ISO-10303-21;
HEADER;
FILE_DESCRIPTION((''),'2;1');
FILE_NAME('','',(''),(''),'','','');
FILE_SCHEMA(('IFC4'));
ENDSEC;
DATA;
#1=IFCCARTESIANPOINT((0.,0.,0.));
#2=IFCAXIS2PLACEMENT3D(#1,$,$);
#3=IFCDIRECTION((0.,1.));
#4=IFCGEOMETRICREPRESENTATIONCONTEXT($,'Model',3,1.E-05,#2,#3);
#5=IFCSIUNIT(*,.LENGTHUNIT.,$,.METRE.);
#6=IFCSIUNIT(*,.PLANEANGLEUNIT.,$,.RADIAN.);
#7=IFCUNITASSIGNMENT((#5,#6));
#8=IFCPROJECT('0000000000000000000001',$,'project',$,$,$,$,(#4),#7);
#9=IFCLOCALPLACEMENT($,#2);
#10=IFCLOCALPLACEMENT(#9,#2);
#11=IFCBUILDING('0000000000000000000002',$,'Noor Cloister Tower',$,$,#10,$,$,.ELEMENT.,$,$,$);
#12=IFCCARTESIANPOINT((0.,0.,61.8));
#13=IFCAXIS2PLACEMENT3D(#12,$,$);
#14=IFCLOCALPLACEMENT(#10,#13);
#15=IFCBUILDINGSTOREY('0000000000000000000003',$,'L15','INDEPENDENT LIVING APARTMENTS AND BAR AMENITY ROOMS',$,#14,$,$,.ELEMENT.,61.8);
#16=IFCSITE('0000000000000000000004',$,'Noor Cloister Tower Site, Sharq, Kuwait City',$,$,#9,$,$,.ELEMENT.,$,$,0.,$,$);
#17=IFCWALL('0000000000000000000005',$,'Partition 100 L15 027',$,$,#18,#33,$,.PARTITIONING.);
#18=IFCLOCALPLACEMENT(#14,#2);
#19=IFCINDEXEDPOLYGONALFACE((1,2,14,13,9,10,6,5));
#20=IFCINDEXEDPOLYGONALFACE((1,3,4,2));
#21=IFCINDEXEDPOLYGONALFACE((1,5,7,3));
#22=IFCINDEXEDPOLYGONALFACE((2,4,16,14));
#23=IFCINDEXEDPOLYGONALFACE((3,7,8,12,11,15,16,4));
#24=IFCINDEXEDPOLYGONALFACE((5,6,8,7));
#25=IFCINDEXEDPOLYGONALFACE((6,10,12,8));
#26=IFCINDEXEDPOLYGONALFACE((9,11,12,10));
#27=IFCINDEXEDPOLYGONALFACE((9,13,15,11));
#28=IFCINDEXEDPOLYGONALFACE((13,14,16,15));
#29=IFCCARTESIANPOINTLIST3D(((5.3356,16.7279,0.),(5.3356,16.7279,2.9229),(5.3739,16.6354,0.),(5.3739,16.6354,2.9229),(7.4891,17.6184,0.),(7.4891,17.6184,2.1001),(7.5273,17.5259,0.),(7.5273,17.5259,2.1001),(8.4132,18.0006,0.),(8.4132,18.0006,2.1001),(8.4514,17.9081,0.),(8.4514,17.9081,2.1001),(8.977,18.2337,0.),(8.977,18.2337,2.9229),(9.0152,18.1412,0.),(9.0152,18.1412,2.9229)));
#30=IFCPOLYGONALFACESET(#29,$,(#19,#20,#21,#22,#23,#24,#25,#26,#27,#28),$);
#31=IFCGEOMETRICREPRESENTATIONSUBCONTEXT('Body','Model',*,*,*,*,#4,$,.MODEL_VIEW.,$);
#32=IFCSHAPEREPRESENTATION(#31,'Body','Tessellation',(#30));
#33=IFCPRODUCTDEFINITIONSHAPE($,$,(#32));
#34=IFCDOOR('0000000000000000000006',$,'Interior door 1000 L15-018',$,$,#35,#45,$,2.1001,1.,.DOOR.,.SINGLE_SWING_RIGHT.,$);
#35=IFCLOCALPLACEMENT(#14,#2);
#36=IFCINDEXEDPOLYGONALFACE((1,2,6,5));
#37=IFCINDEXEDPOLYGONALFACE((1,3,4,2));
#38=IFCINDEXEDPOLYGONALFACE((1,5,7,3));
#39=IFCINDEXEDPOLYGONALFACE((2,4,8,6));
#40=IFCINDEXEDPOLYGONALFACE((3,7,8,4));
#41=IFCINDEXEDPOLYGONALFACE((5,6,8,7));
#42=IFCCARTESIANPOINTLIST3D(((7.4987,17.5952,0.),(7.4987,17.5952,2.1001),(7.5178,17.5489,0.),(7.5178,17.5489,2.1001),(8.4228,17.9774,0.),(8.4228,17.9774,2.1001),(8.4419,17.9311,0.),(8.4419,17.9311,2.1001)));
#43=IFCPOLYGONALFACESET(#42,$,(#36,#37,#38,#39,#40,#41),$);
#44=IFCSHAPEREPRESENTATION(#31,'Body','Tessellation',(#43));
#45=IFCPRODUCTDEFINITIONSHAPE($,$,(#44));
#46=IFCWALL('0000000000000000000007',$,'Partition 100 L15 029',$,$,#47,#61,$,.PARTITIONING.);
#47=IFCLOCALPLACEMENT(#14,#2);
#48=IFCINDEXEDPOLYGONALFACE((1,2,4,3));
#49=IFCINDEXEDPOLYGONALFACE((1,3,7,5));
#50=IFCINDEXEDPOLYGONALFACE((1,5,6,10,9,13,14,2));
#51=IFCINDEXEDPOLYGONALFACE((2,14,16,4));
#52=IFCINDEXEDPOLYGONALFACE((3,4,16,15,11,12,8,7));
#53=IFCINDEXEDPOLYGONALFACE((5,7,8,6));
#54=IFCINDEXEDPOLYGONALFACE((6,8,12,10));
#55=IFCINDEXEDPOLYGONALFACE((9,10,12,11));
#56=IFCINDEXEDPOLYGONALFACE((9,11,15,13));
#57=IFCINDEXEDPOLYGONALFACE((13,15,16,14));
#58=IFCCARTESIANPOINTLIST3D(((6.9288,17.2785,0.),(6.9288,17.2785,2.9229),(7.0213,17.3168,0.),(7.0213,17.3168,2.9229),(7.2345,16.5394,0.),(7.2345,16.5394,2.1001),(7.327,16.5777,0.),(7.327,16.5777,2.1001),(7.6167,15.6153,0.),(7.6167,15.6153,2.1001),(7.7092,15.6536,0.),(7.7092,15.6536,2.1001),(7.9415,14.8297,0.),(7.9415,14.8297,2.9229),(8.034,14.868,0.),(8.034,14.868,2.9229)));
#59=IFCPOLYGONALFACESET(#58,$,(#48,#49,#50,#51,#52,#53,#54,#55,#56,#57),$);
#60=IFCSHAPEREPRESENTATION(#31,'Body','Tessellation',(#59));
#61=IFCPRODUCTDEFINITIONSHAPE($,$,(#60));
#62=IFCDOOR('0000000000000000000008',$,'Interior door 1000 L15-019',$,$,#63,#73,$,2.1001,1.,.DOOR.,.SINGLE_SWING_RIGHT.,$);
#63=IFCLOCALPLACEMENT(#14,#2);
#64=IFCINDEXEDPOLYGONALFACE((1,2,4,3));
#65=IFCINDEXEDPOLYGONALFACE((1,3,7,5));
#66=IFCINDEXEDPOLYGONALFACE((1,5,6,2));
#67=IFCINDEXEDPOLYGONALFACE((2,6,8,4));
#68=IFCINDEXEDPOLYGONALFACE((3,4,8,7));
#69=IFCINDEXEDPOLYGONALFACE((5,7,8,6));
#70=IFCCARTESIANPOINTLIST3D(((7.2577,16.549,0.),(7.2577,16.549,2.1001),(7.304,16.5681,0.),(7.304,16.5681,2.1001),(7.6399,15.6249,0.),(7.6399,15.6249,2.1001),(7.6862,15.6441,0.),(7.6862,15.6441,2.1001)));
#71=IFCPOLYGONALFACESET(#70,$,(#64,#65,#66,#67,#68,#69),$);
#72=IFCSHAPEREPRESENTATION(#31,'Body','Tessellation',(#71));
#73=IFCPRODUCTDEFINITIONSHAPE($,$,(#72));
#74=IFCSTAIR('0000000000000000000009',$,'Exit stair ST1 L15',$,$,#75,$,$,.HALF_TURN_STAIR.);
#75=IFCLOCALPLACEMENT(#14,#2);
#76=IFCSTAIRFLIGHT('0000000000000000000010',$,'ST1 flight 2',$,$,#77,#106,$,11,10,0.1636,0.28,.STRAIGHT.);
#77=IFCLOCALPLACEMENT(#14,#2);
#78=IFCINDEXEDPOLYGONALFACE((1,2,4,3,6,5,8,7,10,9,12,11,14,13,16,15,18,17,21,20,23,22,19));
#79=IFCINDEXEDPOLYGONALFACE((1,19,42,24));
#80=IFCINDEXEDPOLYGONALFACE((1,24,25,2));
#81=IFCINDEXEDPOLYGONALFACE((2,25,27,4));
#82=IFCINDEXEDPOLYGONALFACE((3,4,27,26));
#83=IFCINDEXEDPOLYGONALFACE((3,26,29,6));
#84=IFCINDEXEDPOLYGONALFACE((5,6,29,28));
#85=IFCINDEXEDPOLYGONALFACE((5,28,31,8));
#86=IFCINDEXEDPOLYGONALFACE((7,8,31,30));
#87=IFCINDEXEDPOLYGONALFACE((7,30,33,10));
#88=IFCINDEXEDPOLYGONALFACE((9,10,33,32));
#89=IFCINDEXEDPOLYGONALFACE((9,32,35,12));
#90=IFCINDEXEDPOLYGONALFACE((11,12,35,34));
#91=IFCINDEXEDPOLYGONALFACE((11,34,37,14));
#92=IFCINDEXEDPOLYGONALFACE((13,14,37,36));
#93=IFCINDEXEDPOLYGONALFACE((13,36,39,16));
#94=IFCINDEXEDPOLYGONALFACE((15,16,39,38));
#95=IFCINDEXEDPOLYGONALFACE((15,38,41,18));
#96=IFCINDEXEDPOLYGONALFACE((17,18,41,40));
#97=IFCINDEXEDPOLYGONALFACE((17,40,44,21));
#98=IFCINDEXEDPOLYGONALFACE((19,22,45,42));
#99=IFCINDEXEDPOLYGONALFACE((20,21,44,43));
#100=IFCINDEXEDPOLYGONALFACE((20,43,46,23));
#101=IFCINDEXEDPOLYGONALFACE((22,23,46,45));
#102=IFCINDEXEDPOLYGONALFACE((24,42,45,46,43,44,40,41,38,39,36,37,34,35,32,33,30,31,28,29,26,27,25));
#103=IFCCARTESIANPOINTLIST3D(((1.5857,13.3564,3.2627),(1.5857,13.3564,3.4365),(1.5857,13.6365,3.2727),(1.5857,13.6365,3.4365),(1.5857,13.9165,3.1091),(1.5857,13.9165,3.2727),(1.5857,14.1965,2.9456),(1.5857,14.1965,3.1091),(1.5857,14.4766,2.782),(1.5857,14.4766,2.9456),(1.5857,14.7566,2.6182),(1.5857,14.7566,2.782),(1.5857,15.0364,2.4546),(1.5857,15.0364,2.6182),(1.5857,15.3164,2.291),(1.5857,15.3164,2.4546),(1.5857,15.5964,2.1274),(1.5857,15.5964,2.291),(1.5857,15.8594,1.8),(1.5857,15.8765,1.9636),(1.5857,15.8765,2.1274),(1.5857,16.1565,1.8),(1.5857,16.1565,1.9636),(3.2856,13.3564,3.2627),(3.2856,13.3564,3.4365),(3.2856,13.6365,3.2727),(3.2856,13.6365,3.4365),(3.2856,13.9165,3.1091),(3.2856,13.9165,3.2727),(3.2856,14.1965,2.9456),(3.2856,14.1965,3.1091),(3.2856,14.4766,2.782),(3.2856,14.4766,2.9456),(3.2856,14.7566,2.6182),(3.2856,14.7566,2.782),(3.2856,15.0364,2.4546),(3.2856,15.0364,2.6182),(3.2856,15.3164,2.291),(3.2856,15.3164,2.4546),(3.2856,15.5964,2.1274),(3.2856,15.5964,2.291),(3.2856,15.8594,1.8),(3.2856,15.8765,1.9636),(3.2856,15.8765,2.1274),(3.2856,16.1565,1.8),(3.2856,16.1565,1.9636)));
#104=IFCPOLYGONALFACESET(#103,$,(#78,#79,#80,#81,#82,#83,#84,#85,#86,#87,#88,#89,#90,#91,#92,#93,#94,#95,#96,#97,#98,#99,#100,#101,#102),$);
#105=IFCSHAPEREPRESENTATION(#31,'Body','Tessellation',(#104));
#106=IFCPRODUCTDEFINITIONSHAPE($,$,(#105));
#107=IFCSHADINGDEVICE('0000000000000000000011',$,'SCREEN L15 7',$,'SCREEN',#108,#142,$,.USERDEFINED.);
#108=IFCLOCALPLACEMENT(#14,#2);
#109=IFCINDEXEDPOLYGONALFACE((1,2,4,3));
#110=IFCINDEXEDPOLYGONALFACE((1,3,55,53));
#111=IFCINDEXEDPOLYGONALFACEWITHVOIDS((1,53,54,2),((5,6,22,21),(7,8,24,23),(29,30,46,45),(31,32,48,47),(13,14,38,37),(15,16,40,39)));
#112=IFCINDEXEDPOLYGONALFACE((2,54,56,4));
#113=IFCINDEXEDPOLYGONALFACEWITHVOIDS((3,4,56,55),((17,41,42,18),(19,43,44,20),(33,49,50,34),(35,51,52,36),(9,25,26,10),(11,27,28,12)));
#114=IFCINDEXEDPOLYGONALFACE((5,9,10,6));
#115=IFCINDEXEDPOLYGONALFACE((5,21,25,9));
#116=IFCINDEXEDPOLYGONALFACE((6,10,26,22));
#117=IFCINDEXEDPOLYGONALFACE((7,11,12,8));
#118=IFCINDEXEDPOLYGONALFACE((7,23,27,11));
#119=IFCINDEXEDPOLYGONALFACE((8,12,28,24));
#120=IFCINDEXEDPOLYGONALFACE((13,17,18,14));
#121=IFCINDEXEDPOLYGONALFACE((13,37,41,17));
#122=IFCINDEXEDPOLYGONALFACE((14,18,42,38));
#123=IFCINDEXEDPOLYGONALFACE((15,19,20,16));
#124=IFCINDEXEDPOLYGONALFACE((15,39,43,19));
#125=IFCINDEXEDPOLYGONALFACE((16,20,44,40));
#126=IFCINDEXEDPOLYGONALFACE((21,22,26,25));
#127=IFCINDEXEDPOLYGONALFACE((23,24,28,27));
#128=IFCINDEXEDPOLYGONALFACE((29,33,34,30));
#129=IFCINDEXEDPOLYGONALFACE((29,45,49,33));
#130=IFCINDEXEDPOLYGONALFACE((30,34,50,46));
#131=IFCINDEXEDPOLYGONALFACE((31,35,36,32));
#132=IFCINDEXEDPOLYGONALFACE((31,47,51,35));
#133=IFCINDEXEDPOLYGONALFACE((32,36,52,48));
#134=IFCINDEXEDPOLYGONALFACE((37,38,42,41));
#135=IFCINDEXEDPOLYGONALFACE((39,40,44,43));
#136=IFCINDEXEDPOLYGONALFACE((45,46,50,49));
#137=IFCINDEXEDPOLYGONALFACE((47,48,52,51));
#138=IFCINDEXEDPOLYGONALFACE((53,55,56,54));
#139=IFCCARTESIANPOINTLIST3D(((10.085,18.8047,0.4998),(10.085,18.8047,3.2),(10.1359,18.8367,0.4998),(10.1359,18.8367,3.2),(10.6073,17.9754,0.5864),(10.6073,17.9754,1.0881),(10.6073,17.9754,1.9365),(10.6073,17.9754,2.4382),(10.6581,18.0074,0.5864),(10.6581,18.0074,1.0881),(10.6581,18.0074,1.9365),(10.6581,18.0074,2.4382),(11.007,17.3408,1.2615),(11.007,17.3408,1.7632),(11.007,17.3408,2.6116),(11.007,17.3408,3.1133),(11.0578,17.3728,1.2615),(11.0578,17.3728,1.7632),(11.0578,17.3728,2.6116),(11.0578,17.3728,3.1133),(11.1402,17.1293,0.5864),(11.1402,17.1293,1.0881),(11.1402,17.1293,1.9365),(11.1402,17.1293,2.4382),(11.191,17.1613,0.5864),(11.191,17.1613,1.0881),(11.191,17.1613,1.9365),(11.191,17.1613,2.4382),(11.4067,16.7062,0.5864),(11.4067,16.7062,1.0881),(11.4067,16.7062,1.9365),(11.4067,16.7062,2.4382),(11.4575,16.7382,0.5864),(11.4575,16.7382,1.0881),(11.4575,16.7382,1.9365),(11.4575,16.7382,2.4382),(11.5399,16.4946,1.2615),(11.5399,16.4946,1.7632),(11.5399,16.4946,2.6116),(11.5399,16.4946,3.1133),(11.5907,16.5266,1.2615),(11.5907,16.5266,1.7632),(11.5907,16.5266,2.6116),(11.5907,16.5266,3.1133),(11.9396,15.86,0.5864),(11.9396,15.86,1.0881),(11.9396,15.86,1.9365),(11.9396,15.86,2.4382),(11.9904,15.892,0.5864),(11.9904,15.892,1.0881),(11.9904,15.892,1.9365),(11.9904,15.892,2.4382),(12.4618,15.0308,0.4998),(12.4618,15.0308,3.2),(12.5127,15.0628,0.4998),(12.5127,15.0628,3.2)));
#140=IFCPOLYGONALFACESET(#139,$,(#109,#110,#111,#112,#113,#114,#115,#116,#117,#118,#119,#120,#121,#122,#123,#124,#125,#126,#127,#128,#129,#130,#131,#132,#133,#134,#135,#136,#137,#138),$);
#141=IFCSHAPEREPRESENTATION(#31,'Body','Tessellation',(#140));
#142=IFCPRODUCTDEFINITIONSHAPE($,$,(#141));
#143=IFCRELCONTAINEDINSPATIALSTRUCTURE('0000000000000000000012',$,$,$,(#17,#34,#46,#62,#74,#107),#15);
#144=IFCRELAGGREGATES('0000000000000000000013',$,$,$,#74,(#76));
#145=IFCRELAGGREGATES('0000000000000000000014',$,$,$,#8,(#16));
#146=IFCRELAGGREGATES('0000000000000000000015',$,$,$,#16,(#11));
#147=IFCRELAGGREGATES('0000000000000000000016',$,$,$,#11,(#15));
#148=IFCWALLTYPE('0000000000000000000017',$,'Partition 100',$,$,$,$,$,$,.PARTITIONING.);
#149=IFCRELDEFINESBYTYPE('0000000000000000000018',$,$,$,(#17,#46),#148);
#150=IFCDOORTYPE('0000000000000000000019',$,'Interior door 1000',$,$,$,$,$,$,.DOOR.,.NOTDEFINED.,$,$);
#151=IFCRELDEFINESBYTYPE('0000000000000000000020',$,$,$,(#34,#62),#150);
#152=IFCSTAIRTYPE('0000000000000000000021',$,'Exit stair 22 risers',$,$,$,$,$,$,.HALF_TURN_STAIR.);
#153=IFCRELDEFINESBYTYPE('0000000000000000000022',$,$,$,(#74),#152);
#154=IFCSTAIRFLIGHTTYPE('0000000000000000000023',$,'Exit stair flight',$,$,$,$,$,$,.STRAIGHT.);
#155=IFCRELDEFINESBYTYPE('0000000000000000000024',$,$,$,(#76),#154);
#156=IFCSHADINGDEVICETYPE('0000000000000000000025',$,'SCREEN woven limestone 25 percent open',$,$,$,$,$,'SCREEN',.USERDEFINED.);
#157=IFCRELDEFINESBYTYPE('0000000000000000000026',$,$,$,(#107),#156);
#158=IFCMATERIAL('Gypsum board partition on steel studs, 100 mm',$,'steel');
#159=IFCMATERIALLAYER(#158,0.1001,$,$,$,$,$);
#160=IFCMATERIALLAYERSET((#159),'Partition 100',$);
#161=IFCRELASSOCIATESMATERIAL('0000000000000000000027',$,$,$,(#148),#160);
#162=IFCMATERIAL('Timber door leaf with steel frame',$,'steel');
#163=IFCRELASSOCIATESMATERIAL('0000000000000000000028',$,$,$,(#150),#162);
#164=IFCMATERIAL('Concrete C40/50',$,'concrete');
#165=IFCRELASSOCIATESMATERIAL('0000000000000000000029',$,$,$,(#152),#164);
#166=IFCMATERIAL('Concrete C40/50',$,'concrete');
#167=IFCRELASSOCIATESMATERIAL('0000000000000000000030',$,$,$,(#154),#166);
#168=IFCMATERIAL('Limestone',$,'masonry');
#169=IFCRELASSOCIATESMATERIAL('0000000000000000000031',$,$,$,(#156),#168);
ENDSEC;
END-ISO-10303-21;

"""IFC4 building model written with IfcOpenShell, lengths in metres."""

from ifc_helpers import new_model, si_unit, direction, frame, frame_2d, origin, place, context, subcontext, project, spatial, polyline, rectangle, outline, extrude, material, layer, layer_set, material_profile, profile_set, type_object, element, fill, aggregate, save


model = new_model("IFC4")

# Units and contexts
model_context = context("Model", 3, precision=1e-05, world=origin(), true_north=direction((0.0, 1.0)))
body_context = subcontext(model_context, "Body", "Model", "MODEL_VIEW")
ifc_project = project(units=[si_unit("LENGTHUNIT", "METRE"), si_unit("PLANEANGLEUNIT", "RADIAN")], contexts=[model_context])

# Site, building, storey
site_placement = place(None, origin())
site = spatial("IfcSite", under=ifc_project, at=site_placement, Name="Noor Cloister Tower Site, Sharq, Kuwait City", CompositionType="ELEMENT", RefElevation=0.0)
building_placement = place(site_placement, origin())
building = spatial("IfcBuilding", under=site, at=building_placement, Name="Noor Cloister Tower", CompositionType="ELEMENT")
storey_placement = place(building_placement, frame((0.0, 0.0, 61.8)))
storey = spatial("IfcBuildingStorey", under=building, at=storey_placement, Name="L15", Description="INDEPENDENT LIVING APARTMENTS AND BAR AMENITY ROOMS", CompositionType="ELEMENT", Elevation=61.8)

# Walls, openings, doors
ifc_material_1 = material(Name="Gypsum board partition on steel studs, 100 mm", Category="steel")
ifc_layer_1 = layer(ifc_material_1, 0.1001)
ifc_layer_set_1 = layer_set([ifc_layer_1], Name="Partition 100")
wall_type = type_object("IfcWallType", Name="Partition 100", PredefinedType="PARTITIONING", material=ifc_layer_set_1)
ifc_material_2 = material(Name="Timber door leaf with steel frame", Category="steel")
door_type = type_object("IfcDoorType", Name="Interior door 1000", OperationType="NOTDEFINED", PredefinedType="DOOR", material=ifc_material_2)
wall_1_placement = place(storey_placement, frame((5.3547, 16.6816, 0.0), z_axis=(0.0, 0.0, 1.0), x_axis=(0.924098, 0.382155, 0.0)))
wall_1 = element("IfcWall", 1, at=wall_1_placement, inside=storey, type_object=wall_type, Name="Partition 100 L15 027", PredefinedType="PARTITIONING", context=body_context, shape_type="SweptSolid", body=[
    extrude(rectangle(XDim=3.9404, YDim=0.1001, at=frame_2d((1.9702, 0.0))), origin(), (0.0, 0.0, 1.0), 2.9229),
])
opening_1_placement = place(wall_1_placement, frame((2.3303, 0.0, 0.0)))
opening_1 = element("IfcOpeningElement", 2, at=opening_1_placement, cuts=wall_1, PredefinedType="OPENING", context=body_context, shape_type="SweptSolid", body=[
    extrude(rectangle(XDim=1.0, YDim=2.1001, at=frame_2d((0.5, 1.05))), frame((0.0, 0.0601, 0.0), z_axis=(0.0, -1.0, 0.0), x_axis=(1.0, 0.0, 0.0)), (0.0, 0.0, 1.0), 0.1201),
])
door_1_placement = place(opening_1_placement, origin())
door_1 = element("IfcDoor", 3, at=door_1_placement, inside=storey, type_object=door_type, Name="Interior door 1000 L15-018", OperationType="SINGLE_SWING_RIGHT", OverallHeight=2.1001, OverallWidth=1.0, PredefinedType="DOOR", context=body_context, shape_type="SweptSolid", body=[
    extrude(rectangle(XDim=1.0, YDim=2.1001, at=frame_2d((0.5, 1.05))), frame((0.0, 0.0249, 0.0), z_axis=(0.0, -1.0, 0.0), x_axis=(1.0, 0.0, 0.0)), (0.0, 0.0, 1.0), 0.05),
])
fill(opening_1, door_1)
wall_2_placement = place(storey_placement, frame((7.9878, 14.8489, 0.0), z_axis=(0.0, 0.0, 1.0), x_axis=(-0.382167, 0.924093, 0.0)))
wall_2 = element("IfcWall", 4, at=wall_2_placement, inside=storey, type_object=wall_type, Name="Partition 100 L15 029", PredefinedType="PARTITIONING", context=body_context, shape_type="SweptSolid", body=[
    extrude(rectangle(XDim=2.6499, YDim=0.1001, at=frame_2d((1.325, 0.0))), origin(), (0.0, 0.0, 1.0), 2.9229),
])
opening_2_placement = place(wall_2_placement, frame((0.8501, 0.0, 0.0)))
opening_2 = element("IfcOpeningElement", 5, at=opening_2_placement, cuts=wall_2, PredefinedType="OPENING", context=body_context, shape_type="SweptSolid", body=[
    extrude(rectangle(XDim=1.0, YDim=2.1001, at=frame_2d((0.5, 1.05))), frame((0.0, 0.0601, 0.0), z_axis=(0.0, -1.0, 0.0), x_axis=(1.0, 0.0, 0.0)), (0.0, 0.0, 1.0), 0.1201),
])
door_2_placement = place(opening_2_placement, origin())
door_2 = element("IfcDoor", 6, at=door_2_placement, inside=storey, type_object=door_type, Name="Interior door 1000 L15-019", OperationType="SINGLE_SWING_RIGHT", OverallHeight=2.1001, OverallWidth=1.0, PredefinedType="DOOR", context=body_context, shape_type="SweptSolid", body=[
    extrude(rectangle(XDim=1.0, YDim=2.1001, at=frame_2d((0.5, 1.05))), frame((0.0, 0.0249, 0.0), z_axis=(0.0, -1.0, 0.0), x_axis=(1.0, 0.0, 0.0)), (0.0, 0.0, 1.0), 0.05),
])
fill(opening_2, door_2)

# Stair, stair flight
ifc_material_3 = material(Name="Concrete C40/50", Category="concrete")
stair_type = type_object("IfcStairType", Name="Exit stair 22 risers", PredefinedType="HALF_TURN_STAIR", material=ifc_material_3)
stair_placement = place(storey_placement, origin())
stair = element("IfcStair", 7, at=stair_placement, inside=storey, type_object=stair_type, Name="Exit stair ST1 L15", PredefinedType="HALF_TURN_STAIR")
ifc_material_4 = material(Name="Concrete C40/50", Category="concrete")
stair_flight_type = type_object("IfcStairFlightType", Name="Exit stair flight", PredefinedType="STRAIGHT", material=ifc_material_4)
stair_flight_placement = place(storey_placement, frame((2.4355, 16.1565, 1.8), z_axis=(0.0, 0.0, 1.0), x_axis=(0.0, -1.0, 0.0)))
stair_flight = element("IfcStairFlight", 8, at=stair_flight_placement, type_object=stair_flight_type, Name="ST1 flight 2", NumberOfRisers=11, NumberOfTreads=10, PredefinedType="STRAIGHT", RiserHeight=0.1636, TreadLength=0.28, context=body_context, shape_type="SweptSolid", body=[
    extrude(outline(polyline([(0.0, 0.0), (0.0, 0.1636), (0.28, 0.1636), (0.28, 0.3274), (0.5601, 0.3274), (0.5601, 0.491), (0.8401, 0.491), (0.8401, 0.6545), (1.1201, 0.6545), (1.1201, 0.8181), (1.3999, 0.8181), (1.3999, 0.9819), (1.6799, 0.9819), (1.6799, 1.1455), (1.96, 1.1455), (1.96, 1.3091), (2.24, 1.3091), (2.24, 1.4727), (2.52, 1.4727), (2.52, 1.6365), (2.8, 1.6365), (2.8, 1.8), (2.8, 1.4626), (0.2971, 0.0), (0.0, 0.0)])), frame((0.0, 0.8501, 0.0), z_axis=(0.0, -1.0, 0.0), x_axis=(1.0, 0.0, 0.0)), (0.0, 0.0, 1.0), 1.7),
])
aggregate(stair, [stair_flight])

# Shading device
ifc_material_5 = material(Name="Limestone", Category="masonry")
ifc_material_profile_1 = material_profile(ifc_material_5, outline(polyline([(-2.23, -1.3501), (2.23, -1.3501), (2.23, 1.3501), (-2.23, 1.3501), (-2.23, -1.3501)]), holes=[polyline([(-1.25, -1.2634), (-0.25, -1.2634), (-0.25, -0.7617), (-1.25, -0.7617), (-1.25, -1.2634)]), polyline([(0.25, -1.2634), (1.25, -1.2634), (1.25, -0.7617), (0.25, -0.7617), (0.25, -1.2634)]), polyline([(-0.5, -0.5884), (0.5, -0.5884), (0.5, -0.0867), (-0.5, -0.0867), (-0.5, -0.5884)]), polyline([(-1.25, 0.0867), (-0.25, 0.0867), (-0.25, 0.5884), (-1.25, 0.5884), (-1.25, 0.0867)]), polyline([(0.25, 0.0867), (1.25, 0.0867), (1.25, 0.5884), (0.25, 0.5884), (0.25, 0.0867)]), polyline([(-0.5, 0.7617), (0.5, 0.7617), (0.5, 1.2634), (-0.5, 1.2634), (-0.5, 0.7617)])]), Name="Woven screen 25 percent open")
ifc_profile_set_1 = profile_set([ifc_material_profile_1], Name="Limestone")
shading_device_type = type_object("IfcShadingDeviceType", Name="SCREEN woven limestone 25 percent open", ElementType="SCREEN", PredefinedType="USERDEFINED", material=ifc_profile_set_1)
shading_device_1_placement = place(storey_placement, frame((11.2734, 16.9177, 1.8499), z_axis=(0.846165, 0.532921, 0.0), x_axis=(-0.532921, 0.846165, 0.0)))
element("IfcShadingDevice", 9, at=shading_device_1_placement, inside=storey, type_object=shading_device_type, Name="SCREEN L15 7", ObjectType="SCREEN", PredefinedType="USERDEFINED", context=body_context, shape_type="SweptSolid", body=[
    extrude(outline(polyline([(-2.23, -1.3501), (2.23, -1.3501), (2.23, 1.3501), (-2.23, 1.3501), (-2.23, -1.3501)]), holes=[polyline([(-1.25, -1.2634), (-0.25, -1.2634), (-0.25, -0.7617), (-1.25, -0.7617), (-1.25, -1.2634)]), polyline([(0.25, -1.2634), (1.25, -1.2634), (1.25, -0.7617), (0.25, -0.7617), (0.25, -1.2634)]), polyline([(-0.5, -0.5884), (0.5, -0.5884), (0.5, -0.0867), (-0.5, -0.0867), (-0.5, -0.5884)]), polyline([(-1.25, 0.0867), (-0.25, 0.0867), (-0.25, 0.5884), (-1.25, 0.5884), (-1.25, 0.0867)]), polyline([(0.25, 0.0867), (1.25, 0.0867), (1.25, 0.5884), (0.25, 0.5884), (0.25, 0.0867)]), polyline([(-0.5, 0.7617), (0.5, 0.7617), (0.5, 1.2634), (-0.5, 1.2634), (-0.5, 0.7617)])]), origin(), (0.0, 0.0, 1.0), 0.0601),
])

save(model, "model.ifc")
